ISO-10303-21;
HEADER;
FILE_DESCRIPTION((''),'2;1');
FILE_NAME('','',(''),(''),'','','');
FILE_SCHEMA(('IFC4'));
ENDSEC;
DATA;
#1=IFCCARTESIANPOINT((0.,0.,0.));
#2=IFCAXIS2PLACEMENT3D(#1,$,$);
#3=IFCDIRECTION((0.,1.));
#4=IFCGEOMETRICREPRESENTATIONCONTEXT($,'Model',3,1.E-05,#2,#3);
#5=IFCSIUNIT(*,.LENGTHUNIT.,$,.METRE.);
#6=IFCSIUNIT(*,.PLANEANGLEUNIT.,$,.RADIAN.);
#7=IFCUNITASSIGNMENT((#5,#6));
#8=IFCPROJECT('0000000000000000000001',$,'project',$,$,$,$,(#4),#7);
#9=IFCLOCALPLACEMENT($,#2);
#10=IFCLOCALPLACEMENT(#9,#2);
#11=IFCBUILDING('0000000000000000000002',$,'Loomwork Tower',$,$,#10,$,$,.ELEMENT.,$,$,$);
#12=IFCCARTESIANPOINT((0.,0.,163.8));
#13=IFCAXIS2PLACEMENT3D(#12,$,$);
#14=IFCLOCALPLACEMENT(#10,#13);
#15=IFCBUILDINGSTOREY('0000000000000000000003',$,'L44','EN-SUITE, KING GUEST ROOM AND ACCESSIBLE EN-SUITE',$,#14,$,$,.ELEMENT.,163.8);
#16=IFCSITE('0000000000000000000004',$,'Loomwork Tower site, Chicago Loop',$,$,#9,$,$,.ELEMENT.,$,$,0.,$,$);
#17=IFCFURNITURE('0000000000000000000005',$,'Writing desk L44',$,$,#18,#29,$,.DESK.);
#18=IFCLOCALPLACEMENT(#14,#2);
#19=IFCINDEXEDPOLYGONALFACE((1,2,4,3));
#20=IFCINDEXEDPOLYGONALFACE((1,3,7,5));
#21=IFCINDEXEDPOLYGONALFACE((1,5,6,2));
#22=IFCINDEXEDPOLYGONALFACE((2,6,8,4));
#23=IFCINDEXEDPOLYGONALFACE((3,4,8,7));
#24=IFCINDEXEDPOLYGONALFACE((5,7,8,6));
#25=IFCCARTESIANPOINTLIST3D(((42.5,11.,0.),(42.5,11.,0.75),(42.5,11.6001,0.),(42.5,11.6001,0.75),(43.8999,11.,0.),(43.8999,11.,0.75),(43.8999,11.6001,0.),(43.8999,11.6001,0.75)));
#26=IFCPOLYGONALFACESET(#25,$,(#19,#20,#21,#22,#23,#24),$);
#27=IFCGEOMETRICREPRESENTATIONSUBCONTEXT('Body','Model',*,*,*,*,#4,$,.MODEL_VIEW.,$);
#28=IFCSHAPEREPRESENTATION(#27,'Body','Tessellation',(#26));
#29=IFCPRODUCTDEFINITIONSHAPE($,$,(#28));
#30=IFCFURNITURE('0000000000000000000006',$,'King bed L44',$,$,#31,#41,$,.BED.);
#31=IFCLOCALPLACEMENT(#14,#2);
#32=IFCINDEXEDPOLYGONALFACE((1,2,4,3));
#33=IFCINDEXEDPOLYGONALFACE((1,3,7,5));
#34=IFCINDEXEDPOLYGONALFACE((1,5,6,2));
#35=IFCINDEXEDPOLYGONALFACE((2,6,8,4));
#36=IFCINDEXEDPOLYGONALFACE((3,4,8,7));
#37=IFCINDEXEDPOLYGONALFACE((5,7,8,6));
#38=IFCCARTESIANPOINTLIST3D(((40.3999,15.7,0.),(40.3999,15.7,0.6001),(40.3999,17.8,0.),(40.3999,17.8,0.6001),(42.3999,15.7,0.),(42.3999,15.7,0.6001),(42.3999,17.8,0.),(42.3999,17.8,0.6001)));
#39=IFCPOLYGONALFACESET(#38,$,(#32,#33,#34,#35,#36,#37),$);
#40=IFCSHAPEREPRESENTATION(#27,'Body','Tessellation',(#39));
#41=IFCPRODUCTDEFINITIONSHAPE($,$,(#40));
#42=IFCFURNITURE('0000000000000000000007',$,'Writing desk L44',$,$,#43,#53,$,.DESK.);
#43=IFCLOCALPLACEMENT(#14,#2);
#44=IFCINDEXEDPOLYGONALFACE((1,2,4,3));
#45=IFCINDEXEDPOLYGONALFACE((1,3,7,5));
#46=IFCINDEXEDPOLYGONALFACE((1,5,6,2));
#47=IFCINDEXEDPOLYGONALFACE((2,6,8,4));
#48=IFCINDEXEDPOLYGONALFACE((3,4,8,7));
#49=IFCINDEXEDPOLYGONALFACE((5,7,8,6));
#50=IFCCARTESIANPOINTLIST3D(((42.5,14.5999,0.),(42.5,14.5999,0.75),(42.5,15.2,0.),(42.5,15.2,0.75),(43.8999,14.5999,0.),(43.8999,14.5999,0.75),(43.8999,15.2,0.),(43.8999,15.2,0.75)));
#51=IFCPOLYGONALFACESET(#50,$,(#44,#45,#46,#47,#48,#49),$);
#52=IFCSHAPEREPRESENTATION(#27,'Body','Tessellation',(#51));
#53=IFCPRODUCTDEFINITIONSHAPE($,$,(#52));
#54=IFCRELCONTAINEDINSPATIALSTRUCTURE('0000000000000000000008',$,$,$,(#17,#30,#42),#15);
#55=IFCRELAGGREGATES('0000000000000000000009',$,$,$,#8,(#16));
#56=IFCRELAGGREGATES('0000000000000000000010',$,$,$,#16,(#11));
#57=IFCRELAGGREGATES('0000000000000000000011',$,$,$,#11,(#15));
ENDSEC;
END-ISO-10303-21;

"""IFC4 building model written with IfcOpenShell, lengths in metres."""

from ifc_helpers import new_model, si_unit, direction, frame, origin, origin_2d, place, context, subcontext, project, spatial, rectangle, extrude, element, save


model = new_model("IFC4")

# Units and contexts
model_context = context("Model", 3, precision=1e-05, world=origin(), true_north=direction((0.0, 1.0)))
body_context = subcontext(model_context, "Body", "Model", "MODEL_VIEW")
ifc_project = project(units=[si_unit("LENGTHUNIT", "METRE"), si_unit("PLANEANGLEUNIT", "RADIAN")], contexts=[model_context])

# Site, building, storey
site_placement = place(None, origin())
site = spatial("IfcSite", under=ifc_project, at=site_placement, Name="Loomwork Tower site, Chicago Loop", CompositionType="ELEMENT", RefElevation=0.0)
building_placement = place(site_placement, origin())
building = spatial("IfcBuilding", under=site, at=building_placement, Name="Loomwork Tower", CompositionType="ELEMENT")
storey_placement = place(building_placement, frame((0.0, 0.0, 163.8)))
storey = spatial("IfcBuildingStorey", under=building, at=storey_placement, Name="L44", Description="EN-SUITE, KING GUEST ROOM AND ACCESSIBLE EN-SUITE", CompositionType="ELEMENT", Elevation=163.8)

# Furniture
furniture_1_placement = place(storey_placement, frame((43.2, 11.3, 0.0), z_axis=(0.0, 0.0, 1.0), x_axis=(1.0, 0.0, 0.0)))
element("IfcFurniture", 1, at=furniture_1_placement, inside=storey, Name="Writing desk L44", PredefinedType="DESK", context=body_context, shape_type="SweptSolid", body=[
    extrude(rectangle(XDim=1.3999, YDim=0.6001, at=origin_2d()), origin(), (0.0, 0.0, 1.0), 0.75),
])
furniture_2_placement = place(storey_placement, frame((41.3999, 16.75, 0.0), z_axis=(0.0, 0.0, 1.0), x_axis=(1.0, 0.0, 0.0)))
element("IfcFurniture", 2, at=furniture_2_placement, inside=storey, Name="King bed L44", PredefinedType="BED", context=body_context, shape_type="SweptSolid", body=[
    extrude(rectangle(XDim=2.0, YDim=2.1001, at=origin_2d()), origin(), (0.0, 0.0, 1.0), 0.6001),
])
furniture_3_placement = place(storey_placement, frame((43.2, 14.8999, 0.0), z_axis=(0.0, 0.0, 1.0), x_axis=(1.0, 0.0, 0.0)))
element("IfcFurniture", 3, at=furniture_3_placement, inside=storey, Name="Writing desk L44", PredefinedType="DESK", context=body_context, shape_type="SweptSolid", body=[
    extrude(rectangle(XDim=1.3999, YDim=0.6001, at=origin_2d()), origin(), (0.0, 0.0, 1.0), 0.75),
])

save(model, "model.ifc")
